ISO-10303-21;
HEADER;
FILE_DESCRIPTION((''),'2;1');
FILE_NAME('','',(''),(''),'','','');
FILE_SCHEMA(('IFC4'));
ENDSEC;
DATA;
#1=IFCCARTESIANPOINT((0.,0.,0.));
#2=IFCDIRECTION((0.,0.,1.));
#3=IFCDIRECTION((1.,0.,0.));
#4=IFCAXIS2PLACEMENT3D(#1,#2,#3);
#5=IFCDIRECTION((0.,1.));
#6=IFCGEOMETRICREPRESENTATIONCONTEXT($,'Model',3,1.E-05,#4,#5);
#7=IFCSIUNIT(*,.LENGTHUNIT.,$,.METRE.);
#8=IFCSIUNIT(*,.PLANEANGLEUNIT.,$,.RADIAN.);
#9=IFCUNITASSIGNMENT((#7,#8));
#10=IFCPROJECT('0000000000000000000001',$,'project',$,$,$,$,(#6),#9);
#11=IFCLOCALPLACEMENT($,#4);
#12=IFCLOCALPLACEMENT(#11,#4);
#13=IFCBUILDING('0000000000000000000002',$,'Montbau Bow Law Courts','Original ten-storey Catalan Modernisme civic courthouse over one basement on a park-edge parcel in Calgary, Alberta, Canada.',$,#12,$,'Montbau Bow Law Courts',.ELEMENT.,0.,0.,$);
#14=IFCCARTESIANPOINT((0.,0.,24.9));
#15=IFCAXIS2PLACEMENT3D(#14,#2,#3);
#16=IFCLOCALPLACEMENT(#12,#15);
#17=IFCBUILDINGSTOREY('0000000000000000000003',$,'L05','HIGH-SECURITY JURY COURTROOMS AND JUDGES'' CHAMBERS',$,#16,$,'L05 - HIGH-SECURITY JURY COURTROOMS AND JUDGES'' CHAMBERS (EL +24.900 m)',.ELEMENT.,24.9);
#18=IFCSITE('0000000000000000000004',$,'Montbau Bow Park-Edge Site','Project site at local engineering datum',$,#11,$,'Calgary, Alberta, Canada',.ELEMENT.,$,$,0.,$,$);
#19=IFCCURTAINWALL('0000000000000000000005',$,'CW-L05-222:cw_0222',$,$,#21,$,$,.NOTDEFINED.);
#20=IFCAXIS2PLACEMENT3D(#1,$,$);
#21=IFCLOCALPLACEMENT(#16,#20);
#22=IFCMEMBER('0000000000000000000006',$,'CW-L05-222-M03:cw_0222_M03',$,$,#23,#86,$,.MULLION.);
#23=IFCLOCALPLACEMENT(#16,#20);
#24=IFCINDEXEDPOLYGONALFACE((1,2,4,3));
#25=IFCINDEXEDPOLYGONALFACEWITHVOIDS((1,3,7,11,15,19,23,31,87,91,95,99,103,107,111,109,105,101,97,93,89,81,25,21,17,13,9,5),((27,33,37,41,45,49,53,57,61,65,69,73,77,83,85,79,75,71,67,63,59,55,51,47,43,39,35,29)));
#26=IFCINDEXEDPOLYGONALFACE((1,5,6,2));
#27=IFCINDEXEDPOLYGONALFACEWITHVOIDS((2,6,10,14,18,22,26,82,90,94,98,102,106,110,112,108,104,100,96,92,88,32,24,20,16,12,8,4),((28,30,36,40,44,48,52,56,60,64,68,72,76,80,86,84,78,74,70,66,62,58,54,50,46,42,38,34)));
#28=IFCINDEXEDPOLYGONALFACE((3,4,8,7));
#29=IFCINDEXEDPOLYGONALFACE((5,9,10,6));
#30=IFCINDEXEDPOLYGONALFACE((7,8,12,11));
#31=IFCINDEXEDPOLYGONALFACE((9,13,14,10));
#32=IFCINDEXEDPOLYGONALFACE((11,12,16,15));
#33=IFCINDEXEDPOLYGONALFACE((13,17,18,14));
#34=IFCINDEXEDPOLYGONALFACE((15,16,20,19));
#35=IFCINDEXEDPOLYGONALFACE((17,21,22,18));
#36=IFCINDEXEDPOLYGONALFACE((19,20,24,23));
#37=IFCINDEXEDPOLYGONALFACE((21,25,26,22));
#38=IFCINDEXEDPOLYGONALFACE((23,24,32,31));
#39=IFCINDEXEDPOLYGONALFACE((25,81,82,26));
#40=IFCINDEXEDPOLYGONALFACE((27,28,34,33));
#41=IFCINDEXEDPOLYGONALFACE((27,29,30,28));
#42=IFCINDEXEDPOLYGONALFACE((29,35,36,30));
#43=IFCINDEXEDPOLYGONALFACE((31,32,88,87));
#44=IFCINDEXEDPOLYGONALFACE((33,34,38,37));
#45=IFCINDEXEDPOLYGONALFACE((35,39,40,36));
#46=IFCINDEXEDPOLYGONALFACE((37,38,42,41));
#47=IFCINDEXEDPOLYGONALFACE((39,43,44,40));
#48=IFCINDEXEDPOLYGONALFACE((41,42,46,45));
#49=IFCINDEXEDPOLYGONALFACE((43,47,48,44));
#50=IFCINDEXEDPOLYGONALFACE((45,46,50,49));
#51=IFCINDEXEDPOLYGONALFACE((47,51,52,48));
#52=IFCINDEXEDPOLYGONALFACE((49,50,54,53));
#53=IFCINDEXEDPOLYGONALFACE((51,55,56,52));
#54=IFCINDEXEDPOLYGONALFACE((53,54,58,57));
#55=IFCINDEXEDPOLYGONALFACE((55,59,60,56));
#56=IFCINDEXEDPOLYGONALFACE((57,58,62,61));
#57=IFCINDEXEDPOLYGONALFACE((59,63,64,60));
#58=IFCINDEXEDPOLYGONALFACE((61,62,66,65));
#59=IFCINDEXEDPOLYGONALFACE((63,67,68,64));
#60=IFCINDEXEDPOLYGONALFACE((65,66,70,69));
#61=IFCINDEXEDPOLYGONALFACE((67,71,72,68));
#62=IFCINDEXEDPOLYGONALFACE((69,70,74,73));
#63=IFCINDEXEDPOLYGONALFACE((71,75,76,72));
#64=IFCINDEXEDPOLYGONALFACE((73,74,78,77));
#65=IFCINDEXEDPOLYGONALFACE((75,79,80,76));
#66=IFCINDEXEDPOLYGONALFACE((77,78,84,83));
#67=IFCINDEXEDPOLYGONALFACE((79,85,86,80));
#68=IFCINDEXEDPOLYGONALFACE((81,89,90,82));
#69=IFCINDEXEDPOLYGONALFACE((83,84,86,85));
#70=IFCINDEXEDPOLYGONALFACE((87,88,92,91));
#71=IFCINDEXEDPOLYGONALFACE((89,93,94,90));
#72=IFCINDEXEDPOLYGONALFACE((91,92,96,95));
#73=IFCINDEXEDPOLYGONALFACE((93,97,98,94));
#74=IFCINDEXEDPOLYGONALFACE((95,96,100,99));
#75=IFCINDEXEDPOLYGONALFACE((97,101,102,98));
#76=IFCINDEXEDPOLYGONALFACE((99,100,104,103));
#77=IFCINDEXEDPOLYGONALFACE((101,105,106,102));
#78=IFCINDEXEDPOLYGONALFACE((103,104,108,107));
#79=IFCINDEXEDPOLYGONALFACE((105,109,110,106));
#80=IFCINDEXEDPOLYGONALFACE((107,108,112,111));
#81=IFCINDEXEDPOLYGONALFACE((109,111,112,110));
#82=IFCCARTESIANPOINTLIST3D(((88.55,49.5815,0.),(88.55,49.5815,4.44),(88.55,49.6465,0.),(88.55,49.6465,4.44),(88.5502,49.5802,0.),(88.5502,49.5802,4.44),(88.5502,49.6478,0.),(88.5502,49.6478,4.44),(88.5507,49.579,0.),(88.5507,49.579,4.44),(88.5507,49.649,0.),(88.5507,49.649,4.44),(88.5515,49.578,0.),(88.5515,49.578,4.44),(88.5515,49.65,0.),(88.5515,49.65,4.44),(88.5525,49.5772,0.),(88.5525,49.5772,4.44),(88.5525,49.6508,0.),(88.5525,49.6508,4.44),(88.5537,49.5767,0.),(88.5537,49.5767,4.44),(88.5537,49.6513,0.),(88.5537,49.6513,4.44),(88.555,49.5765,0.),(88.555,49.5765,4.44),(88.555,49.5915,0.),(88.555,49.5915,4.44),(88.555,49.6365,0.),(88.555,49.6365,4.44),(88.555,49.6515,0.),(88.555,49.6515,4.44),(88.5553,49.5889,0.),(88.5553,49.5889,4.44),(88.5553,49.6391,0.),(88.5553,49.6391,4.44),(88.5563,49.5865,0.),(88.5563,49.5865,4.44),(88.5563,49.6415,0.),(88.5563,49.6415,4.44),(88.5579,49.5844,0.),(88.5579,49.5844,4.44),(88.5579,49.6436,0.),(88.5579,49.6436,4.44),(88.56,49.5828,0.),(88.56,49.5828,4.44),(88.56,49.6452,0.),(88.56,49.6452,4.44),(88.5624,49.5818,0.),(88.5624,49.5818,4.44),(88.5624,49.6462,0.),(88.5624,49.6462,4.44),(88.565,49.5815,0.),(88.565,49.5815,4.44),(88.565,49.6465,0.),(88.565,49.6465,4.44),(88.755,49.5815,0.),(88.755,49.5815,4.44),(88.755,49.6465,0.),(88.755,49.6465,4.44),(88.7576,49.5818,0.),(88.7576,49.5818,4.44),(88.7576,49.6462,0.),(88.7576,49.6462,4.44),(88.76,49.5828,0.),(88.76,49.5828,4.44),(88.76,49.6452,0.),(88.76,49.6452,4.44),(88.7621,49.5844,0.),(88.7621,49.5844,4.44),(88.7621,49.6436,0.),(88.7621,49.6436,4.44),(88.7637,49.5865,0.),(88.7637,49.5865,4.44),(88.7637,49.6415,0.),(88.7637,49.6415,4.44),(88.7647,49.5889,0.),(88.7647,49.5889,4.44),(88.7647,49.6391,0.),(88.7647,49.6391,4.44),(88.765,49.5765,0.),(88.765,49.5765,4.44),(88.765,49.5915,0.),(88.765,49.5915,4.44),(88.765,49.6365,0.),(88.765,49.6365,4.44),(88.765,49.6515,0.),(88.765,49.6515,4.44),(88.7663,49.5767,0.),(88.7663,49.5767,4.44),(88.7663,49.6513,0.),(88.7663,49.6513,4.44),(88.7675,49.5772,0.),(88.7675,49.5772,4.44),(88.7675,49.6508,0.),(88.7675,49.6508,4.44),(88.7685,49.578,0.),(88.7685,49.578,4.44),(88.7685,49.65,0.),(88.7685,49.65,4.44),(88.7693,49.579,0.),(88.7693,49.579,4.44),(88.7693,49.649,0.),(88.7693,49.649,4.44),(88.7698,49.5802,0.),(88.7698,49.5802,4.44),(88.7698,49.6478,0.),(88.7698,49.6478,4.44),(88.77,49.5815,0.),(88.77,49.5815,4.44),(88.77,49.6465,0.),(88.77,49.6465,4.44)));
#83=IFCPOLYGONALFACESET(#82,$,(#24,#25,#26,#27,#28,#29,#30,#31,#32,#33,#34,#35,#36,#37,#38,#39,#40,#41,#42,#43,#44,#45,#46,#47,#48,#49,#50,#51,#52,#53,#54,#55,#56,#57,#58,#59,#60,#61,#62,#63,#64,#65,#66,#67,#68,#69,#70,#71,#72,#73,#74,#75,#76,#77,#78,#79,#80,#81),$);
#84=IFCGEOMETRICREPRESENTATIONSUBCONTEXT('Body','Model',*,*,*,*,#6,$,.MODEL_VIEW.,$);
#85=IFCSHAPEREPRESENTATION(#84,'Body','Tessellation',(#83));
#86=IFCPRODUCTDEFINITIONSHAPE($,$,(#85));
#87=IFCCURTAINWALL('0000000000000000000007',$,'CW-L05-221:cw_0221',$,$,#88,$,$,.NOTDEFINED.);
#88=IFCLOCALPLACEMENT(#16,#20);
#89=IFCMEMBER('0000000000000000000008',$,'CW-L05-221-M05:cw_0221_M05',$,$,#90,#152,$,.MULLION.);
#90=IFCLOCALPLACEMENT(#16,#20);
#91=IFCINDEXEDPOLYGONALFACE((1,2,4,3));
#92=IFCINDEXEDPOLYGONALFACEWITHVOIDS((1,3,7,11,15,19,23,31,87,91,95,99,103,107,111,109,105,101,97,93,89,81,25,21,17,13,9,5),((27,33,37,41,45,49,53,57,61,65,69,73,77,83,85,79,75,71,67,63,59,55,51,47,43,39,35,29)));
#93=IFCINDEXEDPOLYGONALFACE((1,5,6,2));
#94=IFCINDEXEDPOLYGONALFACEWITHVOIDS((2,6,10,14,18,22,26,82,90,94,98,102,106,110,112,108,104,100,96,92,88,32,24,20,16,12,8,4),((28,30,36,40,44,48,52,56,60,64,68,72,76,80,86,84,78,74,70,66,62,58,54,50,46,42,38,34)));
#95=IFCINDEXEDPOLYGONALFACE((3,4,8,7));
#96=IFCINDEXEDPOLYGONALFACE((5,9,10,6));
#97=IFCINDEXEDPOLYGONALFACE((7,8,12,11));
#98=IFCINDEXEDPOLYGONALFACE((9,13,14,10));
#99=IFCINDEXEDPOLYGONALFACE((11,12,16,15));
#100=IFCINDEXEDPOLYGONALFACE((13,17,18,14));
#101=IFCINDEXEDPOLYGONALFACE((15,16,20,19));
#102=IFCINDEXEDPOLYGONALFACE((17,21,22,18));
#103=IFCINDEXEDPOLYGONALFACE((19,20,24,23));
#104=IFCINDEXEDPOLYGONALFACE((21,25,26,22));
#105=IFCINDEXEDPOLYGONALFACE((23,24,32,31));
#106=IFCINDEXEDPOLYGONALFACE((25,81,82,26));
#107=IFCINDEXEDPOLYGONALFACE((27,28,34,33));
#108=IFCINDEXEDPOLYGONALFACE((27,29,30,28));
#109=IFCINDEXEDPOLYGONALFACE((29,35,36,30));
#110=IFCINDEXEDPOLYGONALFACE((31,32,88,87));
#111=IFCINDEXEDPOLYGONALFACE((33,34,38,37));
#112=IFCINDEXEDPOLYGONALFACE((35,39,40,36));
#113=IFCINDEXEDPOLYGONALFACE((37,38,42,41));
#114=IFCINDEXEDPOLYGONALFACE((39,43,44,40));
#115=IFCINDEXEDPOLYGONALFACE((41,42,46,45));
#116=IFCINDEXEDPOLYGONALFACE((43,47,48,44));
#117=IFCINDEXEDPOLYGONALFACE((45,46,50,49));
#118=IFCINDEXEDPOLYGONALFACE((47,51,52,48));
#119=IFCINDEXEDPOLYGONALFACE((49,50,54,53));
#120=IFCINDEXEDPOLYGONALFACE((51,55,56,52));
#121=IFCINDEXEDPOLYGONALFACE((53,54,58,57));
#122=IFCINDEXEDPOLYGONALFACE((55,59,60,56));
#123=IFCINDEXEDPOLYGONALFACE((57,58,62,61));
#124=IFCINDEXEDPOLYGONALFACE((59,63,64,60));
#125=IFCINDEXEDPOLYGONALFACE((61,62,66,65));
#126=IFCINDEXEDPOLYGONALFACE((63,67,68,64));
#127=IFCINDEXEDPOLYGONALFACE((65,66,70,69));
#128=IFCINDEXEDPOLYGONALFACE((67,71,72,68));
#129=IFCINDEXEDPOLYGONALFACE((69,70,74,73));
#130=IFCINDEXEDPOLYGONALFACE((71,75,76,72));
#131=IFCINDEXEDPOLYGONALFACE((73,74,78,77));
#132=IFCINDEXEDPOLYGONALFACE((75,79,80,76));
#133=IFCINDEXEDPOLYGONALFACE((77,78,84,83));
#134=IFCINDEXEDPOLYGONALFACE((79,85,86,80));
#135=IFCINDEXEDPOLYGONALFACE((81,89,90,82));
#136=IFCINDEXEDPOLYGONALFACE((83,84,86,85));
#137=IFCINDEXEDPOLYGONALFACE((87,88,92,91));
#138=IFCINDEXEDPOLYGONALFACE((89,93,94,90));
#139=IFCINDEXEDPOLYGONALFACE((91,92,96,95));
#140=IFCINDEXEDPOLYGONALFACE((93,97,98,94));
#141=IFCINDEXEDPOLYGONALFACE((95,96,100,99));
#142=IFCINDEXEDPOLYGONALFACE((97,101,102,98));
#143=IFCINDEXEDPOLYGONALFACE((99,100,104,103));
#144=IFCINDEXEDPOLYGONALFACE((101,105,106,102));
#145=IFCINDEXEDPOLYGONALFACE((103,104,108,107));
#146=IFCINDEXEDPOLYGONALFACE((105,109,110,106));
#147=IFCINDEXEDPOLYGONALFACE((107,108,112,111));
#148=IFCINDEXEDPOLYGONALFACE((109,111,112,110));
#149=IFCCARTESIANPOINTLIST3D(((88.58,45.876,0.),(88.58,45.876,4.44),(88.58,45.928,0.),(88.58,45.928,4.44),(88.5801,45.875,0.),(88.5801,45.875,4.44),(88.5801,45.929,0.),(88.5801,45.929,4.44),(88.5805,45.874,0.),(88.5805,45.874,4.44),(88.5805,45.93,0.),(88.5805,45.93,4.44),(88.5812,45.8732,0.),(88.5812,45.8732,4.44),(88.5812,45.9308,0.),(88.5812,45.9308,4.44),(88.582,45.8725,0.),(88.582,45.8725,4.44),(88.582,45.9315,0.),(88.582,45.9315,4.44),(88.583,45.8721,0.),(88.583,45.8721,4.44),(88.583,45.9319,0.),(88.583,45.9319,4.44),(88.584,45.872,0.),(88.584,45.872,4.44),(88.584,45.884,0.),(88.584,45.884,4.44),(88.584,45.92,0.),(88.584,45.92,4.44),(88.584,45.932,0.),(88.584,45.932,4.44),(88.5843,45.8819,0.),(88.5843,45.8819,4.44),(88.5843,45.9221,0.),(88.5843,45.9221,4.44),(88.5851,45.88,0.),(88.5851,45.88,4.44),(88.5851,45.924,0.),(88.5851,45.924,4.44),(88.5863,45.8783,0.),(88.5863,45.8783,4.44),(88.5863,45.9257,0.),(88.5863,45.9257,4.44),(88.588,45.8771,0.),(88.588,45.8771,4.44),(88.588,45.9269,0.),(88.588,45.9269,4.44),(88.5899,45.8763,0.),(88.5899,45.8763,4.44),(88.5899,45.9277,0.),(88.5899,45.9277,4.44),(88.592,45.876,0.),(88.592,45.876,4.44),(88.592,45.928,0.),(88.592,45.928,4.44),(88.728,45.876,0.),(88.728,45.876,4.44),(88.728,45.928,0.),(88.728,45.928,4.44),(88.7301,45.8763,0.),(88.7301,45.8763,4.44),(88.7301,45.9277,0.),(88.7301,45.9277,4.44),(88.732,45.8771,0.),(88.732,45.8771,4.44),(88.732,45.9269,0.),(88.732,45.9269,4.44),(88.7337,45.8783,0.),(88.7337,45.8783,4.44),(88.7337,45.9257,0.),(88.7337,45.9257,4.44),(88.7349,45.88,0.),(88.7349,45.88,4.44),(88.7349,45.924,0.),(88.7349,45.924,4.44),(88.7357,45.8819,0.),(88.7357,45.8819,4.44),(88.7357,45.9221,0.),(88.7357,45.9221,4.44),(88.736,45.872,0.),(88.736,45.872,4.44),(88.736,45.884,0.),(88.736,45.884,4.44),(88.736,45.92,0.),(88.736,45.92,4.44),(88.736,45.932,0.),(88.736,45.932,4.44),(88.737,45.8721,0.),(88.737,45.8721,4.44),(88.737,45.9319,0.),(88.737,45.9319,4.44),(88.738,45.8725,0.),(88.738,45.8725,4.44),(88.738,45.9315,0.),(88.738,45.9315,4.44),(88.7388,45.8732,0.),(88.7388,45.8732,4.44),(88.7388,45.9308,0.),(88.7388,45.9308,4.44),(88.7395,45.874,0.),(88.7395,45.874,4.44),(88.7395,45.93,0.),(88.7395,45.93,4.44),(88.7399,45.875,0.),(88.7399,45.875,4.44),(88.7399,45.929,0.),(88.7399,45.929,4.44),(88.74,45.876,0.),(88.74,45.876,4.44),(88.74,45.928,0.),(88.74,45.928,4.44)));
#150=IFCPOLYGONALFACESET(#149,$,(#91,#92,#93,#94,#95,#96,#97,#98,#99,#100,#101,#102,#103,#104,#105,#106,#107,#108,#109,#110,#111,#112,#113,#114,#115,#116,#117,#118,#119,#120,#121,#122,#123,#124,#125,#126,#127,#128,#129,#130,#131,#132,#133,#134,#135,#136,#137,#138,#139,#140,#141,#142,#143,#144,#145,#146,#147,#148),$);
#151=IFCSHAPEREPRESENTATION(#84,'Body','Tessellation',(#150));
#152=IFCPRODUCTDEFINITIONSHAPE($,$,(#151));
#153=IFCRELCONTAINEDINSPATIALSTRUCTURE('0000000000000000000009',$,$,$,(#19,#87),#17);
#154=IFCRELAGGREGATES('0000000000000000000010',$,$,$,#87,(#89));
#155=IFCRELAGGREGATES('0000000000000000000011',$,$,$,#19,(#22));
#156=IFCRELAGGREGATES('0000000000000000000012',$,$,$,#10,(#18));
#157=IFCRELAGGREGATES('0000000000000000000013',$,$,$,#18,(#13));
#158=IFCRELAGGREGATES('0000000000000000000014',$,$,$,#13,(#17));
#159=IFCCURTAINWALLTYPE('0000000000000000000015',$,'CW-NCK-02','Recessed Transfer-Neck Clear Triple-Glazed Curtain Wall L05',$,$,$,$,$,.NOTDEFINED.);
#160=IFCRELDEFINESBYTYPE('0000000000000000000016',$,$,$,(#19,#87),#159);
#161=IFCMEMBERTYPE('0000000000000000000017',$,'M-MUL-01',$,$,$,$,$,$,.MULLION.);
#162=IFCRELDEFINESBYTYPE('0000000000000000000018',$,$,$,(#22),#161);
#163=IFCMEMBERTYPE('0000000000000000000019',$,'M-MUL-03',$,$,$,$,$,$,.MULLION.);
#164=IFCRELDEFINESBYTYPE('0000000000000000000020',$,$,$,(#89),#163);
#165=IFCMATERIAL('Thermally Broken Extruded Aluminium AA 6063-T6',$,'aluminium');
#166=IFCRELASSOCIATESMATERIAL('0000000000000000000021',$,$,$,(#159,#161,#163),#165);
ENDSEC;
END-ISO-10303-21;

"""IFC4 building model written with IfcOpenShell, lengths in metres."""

from ifc_helpers import new_model, si_unit, direction, frame, origin_with_axes, origin_2d_with_axis, place, context, subcontext, project, spatial, hollow_rectangle, extrude, material, material_profile, profile_set, type_object, element, aggregate, save


model = new_model("IFC4")

# Units and contexts
model_context = context("Model", 3, precision=1e-05, world=origin_with_axes(), true_north=direction((0.0, 1.0)))
body_context = subcontext(model_context, "Body", "Model", "MODEL_VIEW")
ifc_project = project(units=[si_unit("LENGTHUNIT", "METRE"), si_unit("PLANEANGLEUNIT", "RADIAN")], contexts=[model_context])

# Site, building, storey
site_placement = place(None, origin_with_axes())
site = spatial("IfcSite", under=ifc_project, at=site_placement, Name="Montbau Bow Park-Edge Site", Description="Project site at local engineering datum", LongName="Calgary, Alberta, Canada", CompositionType="ELEMENT", RefElevation=0.0)
building_placement = place(site_placement, origin_with_axes())
building = spatial("IfcBuilding", under=site, at=building_placement, Name="Montbau Bow Law Courts", Description="Original ten-storey Catalan Modernisme civic courthouse over one basement on a park-edge parcel in Calgary, Alberta, Canada.", LongName="Montbau Bow Law Courts", CompositionType="ELEMENT", ElevationOfRefHeight=0.0, ElevationOfTerrain=0.0)
storey_placement = place(building_placement, frame((0.0, 0.0, 24.9), z_axis=(0.0, 0.0, 1.0), x_axis=(1.0, 0.0, 0.0)))
storey = spatial("IfcBuildingStorey", under=building, at=storey_placement, Name="L05", Description="HIGH-SECURITY JURY COURTROOMS AND JUDGES' CHAMBERS", LongName="L05 - HIGH-SECURITY JURY COURTROOMS AND JUDGES' CHAMBERS (EL +24.900 m)", CompositionType="ELEMENT", Elevation=24.9)

# Curtain wall, member
ifc_material_1 = material(Name="Thermally Broken Extruded Aluminium AA 6063-T6", Category="aluminium")
curtain_wall_type = type_object("IfcCurtainWallType", Name="CW-NCK-02", Description="Recessed Transfer-Neck Clear Triple-Glazed Curtain Wall L05", PredefinedType="NOTDEFINED", material=ifc_material_1)
curtain_wall_1_placement = place(None, frame((88.66, 46.468, 24.9), z_axis=(0.0, 0.0, 1.0), x_axis=(1.0, 0.0, 0.0)))
curtain_wall_1 = element("IfcCurtainWall", 1, at=curtain_wall_1_placement, inside=storey, type_object=curtain_wall_type, Name="CW-L05-222:cw_0222", PredefinedType="NOTDEFINED")
ifc_material_profile_1 = material_profile(ifc_material_1, hollow_rectangle(XDim=0.075, YDim=0.22, WallThickness=0.005, InnerFilletRadius=0.01, OuterFilletRadius=0.005, at=origin_2d_with_axis()), Name="CWM-220X75", Category="Main", Priority=0)
ifc_profile_set_1 = profile_set([ifc_material_profile_1], Name="Thermally Broken Extruded Aluminium AA 6063-T6")
member_type_1 = type_object("IfcMemberType", Name="M-MUL-01", PredefinedType="MULLION", material=ifc_profile_set_1)
member_1_placement = place(None, frame((88.66, 49.614, 24.9), z_axis=(0.0, 0.0, 1.0), x_axis=(0.0, 1.0, 0.0)))
member_1 = element("IfcMember", 2, at=member_1_placement, type_object=member_type_1, Name="CW-L05-222-M03:cw_0222_M03", PredefinedType="MULLION", context=body_context, shape_type="SweptSolid", body=[
    extrude(hollow_rectangle(XDim=0.075, YDim=0.22, WallThickness=0.005, InnerFilletRadius=0.01, OuterFilletRadius=0.005, at=origin_2d_with_axis()), origin_with_axes(), (0.0, 0.0, 1.0), 4.44),
])

# Curtain wall, member
curtain_wall_2_placement = place(None, frame((88.66, 39.44, 24.9), z_axis=(0.0, 0.0, 1.0), x_axis=(1.0, 0.0, 0.0)))
curtain_wall_2 = element("IfcCurtainWall", 3, at=curtain_wall_2_placement, inside=storey, type_object=curtain_wall_type, Name="CW-L05-221:cw_0221", PredefinedType="NOTDEFINED")
ifc_material_profile_2 = material_profile(ifc_material_1, hollow_rectangle(XDim=0.06, YDim=0.16, WallThickness=0.004, InnerFilletRadius=0.008, OuterFilletRadius=0.004, at=origin_2d_with_axis()), Name="CWM-160X60", Category="Main", Priority=0)
ifc_profile_set_2 = profile_set([ifc_material_profile_2], Name="Thermally Broken Extruded Aluminium AA 6063-T6")
member_type_2 = type_object("IfcMemberType", Name="M-MUL-03", PredefinedType="MULLION", material=ifc_profile_set_2)
member_2_placement = place(None, frame((88.66, 45.902, 24.9), z_axis=(0.0, 0.0, 1.0), x_axis=(0.0, 1.0, 0.0)))
member_2 = element("IfcMember", 4, at=member_2_placement, type_object=member_type_2, Name="CW-L05-221-M05:cw_0221_M05", PredefinedType="MULLION", context=body_context, shape_type="SweptSolid", body=[
    extrude(hollow_rectangle(XDim=0.06, YDim=0.16, WallThickness=0.004, InnerFilletRadius=0.008, OuterFilletRadius=0.004, at=origin_2d_with_axis()), origin_with_axes(), (0.0, 0.0, 1.0), 4.44),
])

aggregate(curtain_wall_2, [member_2])

aggregate(curtain_wall_1, [member_1])

save(model, "model.ifc")
